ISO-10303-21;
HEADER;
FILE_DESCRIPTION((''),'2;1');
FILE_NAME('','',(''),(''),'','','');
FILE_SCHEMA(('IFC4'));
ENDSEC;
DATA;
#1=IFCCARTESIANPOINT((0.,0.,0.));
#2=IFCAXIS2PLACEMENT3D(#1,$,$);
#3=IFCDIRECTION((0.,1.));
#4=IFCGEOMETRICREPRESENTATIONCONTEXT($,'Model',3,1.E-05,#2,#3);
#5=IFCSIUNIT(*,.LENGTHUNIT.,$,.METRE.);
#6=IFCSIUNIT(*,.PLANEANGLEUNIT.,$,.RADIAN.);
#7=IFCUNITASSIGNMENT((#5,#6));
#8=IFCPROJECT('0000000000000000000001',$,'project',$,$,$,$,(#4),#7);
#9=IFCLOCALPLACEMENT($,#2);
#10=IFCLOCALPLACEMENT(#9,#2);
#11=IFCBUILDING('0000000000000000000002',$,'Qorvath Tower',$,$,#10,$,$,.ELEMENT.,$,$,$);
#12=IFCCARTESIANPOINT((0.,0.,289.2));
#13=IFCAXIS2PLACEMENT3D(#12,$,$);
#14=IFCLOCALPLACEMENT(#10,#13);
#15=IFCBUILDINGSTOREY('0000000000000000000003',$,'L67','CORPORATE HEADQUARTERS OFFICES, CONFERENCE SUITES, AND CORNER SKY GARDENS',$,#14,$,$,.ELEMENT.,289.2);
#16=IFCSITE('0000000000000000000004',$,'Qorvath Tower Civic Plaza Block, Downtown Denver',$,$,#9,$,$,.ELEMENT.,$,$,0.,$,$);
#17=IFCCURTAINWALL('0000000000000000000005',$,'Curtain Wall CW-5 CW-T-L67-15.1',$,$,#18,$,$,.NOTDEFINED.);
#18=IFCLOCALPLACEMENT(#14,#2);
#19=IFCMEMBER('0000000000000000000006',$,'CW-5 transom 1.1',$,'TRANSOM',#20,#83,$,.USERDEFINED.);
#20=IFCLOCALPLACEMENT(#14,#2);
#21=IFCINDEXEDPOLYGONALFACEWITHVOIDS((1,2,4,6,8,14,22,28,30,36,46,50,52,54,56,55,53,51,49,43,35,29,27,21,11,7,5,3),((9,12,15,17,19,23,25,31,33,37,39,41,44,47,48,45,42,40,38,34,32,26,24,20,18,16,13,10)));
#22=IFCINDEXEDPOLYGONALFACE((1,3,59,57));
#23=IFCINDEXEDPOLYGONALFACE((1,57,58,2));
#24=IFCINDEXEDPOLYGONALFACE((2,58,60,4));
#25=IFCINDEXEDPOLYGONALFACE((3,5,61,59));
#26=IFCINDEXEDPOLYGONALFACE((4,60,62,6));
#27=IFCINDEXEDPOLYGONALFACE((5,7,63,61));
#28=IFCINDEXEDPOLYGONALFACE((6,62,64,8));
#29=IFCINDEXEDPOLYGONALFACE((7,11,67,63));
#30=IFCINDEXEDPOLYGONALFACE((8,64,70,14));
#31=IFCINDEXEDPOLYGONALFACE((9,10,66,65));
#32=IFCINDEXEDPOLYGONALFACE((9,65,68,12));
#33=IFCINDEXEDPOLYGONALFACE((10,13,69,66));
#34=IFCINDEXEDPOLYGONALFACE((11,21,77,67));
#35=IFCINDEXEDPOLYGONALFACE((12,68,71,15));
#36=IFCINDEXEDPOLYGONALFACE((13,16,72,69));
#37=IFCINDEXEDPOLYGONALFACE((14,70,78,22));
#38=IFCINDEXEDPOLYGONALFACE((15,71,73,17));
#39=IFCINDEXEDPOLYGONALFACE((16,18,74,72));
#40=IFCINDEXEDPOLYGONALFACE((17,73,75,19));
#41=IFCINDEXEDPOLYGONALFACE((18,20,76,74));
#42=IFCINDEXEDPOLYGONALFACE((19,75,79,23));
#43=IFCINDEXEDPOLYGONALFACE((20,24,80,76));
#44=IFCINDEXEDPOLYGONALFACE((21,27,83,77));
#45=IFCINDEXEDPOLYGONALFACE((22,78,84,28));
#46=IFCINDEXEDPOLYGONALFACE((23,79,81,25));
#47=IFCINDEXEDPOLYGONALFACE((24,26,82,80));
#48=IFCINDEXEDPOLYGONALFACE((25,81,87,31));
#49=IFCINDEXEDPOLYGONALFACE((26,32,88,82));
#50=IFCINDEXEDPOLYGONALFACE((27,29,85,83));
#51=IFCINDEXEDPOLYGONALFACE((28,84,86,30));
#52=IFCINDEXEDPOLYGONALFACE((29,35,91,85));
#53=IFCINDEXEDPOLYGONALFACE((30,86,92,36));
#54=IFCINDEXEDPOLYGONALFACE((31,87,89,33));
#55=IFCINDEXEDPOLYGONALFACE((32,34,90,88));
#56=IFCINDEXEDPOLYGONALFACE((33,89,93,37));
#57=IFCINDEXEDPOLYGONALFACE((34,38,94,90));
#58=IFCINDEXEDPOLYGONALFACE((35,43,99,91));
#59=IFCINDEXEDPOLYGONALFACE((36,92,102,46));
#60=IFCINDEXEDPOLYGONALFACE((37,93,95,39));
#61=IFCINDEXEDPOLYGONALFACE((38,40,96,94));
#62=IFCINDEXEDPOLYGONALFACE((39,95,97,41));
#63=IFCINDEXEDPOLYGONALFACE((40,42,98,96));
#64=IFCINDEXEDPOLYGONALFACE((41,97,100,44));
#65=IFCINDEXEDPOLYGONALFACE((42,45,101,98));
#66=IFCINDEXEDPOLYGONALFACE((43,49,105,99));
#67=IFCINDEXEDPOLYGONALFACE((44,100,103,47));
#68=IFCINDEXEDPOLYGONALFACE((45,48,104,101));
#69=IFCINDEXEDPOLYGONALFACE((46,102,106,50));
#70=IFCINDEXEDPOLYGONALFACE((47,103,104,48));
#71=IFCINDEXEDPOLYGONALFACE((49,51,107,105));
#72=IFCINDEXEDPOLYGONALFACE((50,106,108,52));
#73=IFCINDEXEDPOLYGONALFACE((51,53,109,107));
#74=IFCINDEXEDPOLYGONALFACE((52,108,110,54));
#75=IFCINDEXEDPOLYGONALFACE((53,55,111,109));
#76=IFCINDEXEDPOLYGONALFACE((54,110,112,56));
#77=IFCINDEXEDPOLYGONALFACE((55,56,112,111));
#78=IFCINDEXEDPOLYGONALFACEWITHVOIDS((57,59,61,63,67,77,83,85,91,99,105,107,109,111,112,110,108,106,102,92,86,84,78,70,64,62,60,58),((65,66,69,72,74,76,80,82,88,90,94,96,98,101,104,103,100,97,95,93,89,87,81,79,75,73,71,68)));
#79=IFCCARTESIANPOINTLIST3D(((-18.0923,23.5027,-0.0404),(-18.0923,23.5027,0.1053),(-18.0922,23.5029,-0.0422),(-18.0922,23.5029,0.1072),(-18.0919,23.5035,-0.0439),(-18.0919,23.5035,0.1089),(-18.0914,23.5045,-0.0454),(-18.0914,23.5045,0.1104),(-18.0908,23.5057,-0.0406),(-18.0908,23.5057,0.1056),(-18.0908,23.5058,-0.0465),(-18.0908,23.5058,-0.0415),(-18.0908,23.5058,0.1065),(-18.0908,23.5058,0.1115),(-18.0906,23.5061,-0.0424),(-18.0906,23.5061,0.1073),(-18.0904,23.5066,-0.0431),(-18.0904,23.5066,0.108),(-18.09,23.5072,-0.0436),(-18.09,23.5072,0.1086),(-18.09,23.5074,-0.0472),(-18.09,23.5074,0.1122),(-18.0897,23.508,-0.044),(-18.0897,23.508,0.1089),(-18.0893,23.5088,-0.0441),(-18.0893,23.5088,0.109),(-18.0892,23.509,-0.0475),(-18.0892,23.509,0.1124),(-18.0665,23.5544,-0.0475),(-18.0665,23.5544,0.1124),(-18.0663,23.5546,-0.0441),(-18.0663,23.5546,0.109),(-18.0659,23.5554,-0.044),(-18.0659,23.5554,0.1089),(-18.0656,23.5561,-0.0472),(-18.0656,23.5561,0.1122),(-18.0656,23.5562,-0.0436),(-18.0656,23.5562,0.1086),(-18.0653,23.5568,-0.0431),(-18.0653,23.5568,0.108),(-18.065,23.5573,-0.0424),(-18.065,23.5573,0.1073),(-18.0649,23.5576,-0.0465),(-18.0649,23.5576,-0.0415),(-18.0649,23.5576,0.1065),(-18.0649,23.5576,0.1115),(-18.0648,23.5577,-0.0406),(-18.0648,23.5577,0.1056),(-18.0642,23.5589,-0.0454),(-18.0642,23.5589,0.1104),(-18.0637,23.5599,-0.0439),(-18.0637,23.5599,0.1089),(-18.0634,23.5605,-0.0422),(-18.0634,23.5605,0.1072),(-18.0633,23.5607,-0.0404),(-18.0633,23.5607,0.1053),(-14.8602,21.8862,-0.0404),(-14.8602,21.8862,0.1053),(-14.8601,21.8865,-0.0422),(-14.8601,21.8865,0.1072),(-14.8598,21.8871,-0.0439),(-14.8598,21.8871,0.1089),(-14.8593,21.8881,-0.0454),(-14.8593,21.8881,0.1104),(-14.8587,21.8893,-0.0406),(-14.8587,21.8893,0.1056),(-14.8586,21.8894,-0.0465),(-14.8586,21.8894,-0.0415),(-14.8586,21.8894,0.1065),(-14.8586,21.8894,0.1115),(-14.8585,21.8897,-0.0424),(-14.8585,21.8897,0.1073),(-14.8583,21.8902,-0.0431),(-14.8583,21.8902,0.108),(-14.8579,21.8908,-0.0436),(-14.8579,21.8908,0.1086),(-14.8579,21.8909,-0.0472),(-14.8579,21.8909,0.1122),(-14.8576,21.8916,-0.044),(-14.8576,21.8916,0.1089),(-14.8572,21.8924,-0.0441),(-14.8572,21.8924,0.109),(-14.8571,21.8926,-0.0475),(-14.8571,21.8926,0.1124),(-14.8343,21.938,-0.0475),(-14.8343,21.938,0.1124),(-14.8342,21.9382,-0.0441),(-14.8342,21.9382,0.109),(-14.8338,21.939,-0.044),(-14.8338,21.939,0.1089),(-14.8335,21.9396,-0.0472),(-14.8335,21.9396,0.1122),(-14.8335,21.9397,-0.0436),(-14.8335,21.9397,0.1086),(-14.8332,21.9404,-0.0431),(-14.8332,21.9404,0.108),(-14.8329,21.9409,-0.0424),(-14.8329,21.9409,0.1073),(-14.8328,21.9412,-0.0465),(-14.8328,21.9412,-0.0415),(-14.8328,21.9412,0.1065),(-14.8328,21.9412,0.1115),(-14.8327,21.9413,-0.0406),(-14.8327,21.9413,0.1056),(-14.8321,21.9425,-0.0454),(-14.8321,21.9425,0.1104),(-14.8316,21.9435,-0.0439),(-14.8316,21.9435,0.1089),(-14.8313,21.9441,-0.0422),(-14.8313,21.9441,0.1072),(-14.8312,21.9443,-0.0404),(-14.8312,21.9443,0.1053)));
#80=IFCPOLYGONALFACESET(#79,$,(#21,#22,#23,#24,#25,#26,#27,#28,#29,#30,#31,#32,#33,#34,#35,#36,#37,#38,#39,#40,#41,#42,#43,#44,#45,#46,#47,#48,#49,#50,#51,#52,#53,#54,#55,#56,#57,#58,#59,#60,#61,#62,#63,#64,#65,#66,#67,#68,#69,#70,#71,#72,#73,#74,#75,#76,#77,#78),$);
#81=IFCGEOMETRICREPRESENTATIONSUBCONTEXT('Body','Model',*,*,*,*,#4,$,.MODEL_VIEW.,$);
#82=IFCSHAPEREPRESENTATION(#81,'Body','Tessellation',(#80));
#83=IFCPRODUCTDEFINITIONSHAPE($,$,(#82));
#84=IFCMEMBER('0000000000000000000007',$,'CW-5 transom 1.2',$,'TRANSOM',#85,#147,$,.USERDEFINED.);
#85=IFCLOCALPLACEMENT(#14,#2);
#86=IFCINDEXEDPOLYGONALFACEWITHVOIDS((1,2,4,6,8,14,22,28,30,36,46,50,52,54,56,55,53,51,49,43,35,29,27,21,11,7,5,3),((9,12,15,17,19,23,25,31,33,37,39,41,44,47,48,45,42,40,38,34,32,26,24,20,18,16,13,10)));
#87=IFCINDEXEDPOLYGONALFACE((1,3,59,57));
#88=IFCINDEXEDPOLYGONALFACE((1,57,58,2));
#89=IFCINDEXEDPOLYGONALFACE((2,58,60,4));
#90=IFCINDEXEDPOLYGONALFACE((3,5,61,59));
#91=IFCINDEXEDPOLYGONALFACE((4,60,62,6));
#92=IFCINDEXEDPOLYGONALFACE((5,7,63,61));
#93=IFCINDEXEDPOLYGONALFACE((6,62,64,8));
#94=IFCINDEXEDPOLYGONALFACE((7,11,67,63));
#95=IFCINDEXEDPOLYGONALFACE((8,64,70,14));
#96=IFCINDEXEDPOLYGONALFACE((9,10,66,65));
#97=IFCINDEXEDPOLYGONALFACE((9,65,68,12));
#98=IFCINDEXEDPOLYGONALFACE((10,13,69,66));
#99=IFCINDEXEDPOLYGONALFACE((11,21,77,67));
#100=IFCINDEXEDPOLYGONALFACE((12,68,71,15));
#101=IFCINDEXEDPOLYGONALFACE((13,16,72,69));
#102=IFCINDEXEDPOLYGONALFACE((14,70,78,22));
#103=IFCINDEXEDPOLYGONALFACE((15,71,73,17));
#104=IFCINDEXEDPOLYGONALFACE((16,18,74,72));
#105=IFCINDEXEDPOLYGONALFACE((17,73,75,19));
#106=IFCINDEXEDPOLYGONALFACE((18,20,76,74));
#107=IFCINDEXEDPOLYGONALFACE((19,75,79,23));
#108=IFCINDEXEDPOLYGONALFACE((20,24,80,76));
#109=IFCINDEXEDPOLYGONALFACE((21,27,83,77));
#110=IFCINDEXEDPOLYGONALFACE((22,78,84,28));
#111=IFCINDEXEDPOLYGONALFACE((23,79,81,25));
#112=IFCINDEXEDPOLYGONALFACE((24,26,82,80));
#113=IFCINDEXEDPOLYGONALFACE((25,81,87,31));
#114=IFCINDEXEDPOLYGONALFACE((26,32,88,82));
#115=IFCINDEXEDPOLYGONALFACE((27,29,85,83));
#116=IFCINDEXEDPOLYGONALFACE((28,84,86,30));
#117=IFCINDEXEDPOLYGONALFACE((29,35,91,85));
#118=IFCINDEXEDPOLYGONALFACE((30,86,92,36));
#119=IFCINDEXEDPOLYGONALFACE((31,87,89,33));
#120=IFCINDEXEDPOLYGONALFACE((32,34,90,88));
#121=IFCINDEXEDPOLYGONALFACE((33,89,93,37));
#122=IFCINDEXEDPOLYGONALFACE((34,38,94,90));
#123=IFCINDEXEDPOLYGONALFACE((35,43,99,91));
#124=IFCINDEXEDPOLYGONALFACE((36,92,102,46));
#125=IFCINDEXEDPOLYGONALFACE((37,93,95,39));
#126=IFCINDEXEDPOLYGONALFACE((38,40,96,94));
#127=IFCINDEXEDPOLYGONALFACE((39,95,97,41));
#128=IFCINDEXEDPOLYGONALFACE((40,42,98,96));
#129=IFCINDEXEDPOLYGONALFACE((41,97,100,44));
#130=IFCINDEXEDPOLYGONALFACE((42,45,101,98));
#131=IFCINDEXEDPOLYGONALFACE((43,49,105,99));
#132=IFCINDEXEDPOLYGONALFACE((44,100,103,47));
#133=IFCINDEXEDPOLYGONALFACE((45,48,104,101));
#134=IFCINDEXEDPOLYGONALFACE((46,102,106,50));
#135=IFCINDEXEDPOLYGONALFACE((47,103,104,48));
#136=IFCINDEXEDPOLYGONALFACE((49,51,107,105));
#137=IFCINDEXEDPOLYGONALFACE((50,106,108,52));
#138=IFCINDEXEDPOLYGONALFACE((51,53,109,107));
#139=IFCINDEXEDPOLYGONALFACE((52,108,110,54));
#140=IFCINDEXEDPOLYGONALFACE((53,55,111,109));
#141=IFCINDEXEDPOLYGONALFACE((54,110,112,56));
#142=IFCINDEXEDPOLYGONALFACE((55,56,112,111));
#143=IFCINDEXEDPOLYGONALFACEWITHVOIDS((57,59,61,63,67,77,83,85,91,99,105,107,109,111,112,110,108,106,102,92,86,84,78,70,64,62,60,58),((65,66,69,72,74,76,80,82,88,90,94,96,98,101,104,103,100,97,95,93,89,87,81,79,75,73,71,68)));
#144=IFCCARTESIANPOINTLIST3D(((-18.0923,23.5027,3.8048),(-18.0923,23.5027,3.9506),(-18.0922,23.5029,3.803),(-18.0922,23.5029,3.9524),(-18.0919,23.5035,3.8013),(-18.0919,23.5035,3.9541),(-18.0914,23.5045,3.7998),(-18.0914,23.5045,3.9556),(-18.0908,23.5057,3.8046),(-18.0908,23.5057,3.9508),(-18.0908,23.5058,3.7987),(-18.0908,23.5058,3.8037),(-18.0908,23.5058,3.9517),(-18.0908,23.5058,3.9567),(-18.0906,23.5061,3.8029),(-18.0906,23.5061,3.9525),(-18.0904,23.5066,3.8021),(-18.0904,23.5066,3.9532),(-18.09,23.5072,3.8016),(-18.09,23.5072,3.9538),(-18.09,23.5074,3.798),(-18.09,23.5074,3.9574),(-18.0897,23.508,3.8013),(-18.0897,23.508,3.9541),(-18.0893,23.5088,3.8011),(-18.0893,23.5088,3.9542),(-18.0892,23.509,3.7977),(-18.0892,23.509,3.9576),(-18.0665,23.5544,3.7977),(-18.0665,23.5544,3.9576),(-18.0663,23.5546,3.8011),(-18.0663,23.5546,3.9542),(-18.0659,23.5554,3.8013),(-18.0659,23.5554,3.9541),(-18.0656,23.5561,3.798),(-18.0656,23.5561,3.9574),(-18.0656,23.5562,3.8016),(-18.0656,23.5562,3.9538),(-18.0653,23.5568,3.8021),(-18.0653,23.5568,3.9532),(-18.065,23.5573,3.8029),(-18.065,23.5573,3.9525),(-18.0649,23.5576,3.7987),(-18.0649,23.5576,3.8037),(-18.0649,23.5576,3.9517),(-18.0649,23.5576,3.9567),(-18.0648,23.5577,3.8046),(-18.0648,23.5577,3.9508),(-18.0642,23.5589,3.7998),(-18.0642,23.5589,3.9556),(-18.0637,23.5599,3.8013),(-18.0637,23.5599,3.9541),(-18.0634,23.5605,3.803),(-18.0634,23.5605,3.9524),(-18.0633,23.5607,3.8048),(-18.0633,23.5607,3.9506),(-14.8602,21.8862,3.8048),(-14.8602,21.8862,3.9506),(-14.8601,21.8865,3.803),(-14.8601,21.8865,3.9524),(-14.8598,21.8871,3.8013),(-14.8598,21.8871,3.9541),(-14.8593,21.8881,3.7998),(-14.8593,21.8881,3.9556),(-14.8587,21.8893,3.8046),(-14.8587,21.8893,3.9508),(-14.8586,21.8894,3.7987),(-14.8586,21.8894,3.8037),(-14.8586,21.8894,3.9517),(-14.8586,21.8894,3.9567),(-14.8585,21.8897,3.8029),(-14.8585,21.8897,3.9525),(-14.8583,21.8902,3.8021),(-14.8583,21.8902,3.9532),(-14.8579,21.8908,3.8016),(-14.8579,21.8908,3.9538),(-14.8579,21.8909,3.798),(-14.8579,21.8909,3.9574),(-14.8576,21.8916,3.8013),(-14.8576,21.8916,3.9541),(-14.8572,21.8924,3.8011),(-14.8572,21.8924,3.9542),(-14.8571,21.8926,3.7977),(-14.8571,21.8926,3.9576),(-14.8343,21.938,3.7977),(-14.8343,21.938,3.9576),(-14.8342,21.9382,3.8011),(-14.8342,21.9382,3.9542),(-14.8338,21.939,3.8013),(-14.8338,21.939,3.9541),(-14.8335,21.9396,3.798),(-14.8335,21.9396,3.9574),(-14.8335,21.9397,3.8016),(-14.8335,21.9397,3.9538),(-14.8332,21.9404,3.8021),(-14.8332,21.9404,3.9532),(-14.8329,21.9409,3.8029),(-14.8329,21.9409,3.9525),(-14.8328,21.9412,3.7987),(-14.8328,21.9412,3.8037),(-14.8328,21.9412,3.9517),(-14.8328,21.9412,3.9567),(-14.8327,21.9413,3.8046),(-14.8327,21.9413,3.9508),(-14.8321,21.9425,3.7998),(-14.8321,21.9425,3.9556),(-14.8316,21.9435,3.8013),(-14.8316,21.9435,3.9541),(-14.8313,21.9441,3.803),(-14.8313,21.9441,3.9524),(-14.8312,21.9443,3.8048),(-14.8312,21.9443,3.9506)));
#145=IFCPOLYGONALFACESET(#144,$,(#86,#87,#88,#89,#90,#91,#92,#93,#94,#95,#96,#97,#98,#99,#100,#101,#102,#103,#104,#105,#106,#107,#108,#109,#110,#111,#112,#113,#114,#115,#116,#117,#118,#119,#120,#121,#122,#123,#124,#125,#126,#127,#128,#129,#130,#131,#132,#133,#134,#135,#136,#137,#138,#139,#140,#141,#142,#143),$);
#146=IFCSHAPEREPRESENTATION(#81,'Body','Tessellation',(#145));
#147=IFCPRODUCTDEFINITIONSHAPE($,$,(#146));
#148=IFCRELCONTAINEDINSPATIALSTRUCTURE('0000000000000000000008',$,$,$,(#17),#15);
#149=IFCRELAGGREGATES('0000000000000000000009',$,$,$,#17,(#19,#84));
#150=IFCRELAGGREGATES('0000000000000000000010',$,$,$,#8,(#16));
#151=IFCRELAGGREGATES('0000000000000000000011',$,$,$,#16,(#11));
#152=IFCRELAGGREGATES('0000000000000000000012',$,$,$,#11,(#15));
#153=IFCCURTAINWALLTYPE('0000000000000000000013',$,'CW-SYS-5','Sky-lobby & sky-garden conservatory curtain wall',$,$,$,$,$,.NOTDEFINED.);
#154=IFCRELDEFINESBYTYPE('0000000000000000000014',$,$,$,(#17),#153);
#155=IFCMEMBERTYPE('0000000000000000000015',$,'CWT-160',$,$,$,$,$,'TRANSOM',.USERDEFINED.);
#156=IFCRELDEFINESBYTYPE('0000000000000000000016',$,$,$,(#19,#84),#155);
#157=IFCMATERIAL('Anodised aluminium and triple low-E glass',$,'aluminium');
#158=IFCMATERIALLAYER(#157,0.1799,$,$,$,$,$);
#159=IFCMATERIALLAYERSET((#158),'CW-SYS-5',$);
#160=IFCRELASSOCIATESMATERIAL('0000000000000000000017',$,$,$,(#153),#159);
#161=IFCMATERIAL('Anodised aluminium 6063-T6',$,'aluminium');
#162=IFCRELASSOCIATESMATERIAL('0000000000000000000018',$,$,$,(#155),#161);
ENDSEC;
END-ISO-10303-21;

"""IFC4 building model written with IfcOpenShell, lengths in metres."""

from ifc_helpers import new_model, si_unit, direction, frame, origin, origin_2d, place, context, subcontext, project, spatial, hollow_rectangle, extrude, material, layer, layer_set, material_profile, profile_set, type_object, element, aggregate, save


model = new_model("IFC4")

# Units and contexts
model_context = context("Model", 3, precision=1e-05, world=origin(), true_north=direction((0.0, 1.0)))
body_context = subcontext(model_context, "Body", "Model", "MODEL_VIEW")
ifc_project = project(units=[si_unit("LENGTHUNIT", "METRE"), si_unit("PLANEANGLEUNIT", "RADIAN")], contexts=[model_context])

# Site, building, storey
site_placement = place(None, origin())
site = spatial("IfcSite", under=ifc_project, at=site_placement, Name="Qorvath Tower Civic Plaza Block, Downtown Denver", CompositionType="ELEMENT", RefElevation=0.0)
building_placement = place(site_placement, origin())
building = spatial("IfcBuilding", under=site, at=building_placement, Name="Qorvath Tower", CompositionType="ELEMENT")
storey_placement = place(building_placement, frame((0.0, 0.0, 289.2)))
storey = spatial("IfcBuildingStorey", under=building, at=storey_placement, Name="L67", Description="CORPORATE HEADQUARTERS OFFICES, CONFERENCE SUITES, AND CORNER SKY GARDENS", CompositionType="ELEMENT", Elevation=289.2)

# Shared definitions
ifc_material_1 = material(Name="Anodised aluminium and triple low-E glass", Category="aluminium")
ifc_layer_1 = layer(ifc_material_1, 0.1799)
ifc_layer_set_1 = layer_set([ifc_layer_1], Name="CW-SYS-5")
curtain_wall_type = type_object("IfcCurtainWallType", Name="CW-SYS-5", Description="Sky-lobby & sky-garden conservatory curtain wall", PredefinedType="NOTDEFINED", material=ifc_layer_set_1)

# Curtain wall
curtain_wall_1_placement = place(storey_placement, origin())
curtain_wall_1 = element("IfcCurtainWall", 1, at=curtain_wall_1_placement, inside=storey, type_object=curtain_wall_type, Name="Curtain Wall CW-5 CW-T-L67-15.1", PredefinedType="NOTDEFINED")

# Members
ifc_material_2 = material(Name="Anodised aluminium 6063-T6", Category="aluminium")
ifc_material_profile_1 = material_profile(ifc_material_2, hollow_rectangle(XDim=0.0649, YDim=0.1599, WallThickness=0.0034, InnerFilletRadius=0.0034, OuterFilletRadius=0.0071, at=origin_2d()), Name="CWT 160x65")
ifc_profile_set_1 = profile_set([ifc_material_profile_1], Name="Anodised aluminium 6063-T6")
member_type_1 = type_object("IfcMemberType", Name="CWT-160", ElementType="TRANSOM", PredefinedType="USERDEFINED", material=ifc_profile_set_1)
member_1_placement = place(storey_placement, frame((-14.8457, 21.9153, 0.0325), z_axis=(-0.894387, 0.447295, 0.0), x_axis=(-0.447295, -0.894387, 0.0)))
member_1 = element("IfcMember", 2, at=member_1_placement, type_object=member_type_1, Name="CW-5 transom 1.1", ObjectType="TRANSOM", PredefinedType="USERDEFINED", context=body_context, shape_type="SweptSolid", body=[
    extrude(hollow_rectangle(XDim=0.0649, YDim=0.1599, WallThickness=0.0034, InnerFilletRadius=0.0034, OuterFilletRadius=0.0071, at=origin_2d()), origin(), (0.0, 0.0, 1.0), 3.6138),
])
member_2_placement = place(storey_placement, frame((-14.8457, 21.9153, 3.8777), z_axis=(-0.894387, 0.447295, 0.0), x_axis=(-0.447295, -0.894387, 0.0)))
member_2 = element("IfcMember", 3, at=member_2_placement, type_object=member_type_1, Name="CW-5 transom 1.2", ObjectType="TRANSOM", PredefinedType="USERDEFINED", context=body_context, shape_type="SweptSolid", body=[
    extrude(hollow_rectangle(XDim=0.0649, YDim=0.1599, WallThickness=0.0034, InnerFilletRadius=0.0034, OuterFilletRadius=0.0071, at=origin_2d()), origin(), (0.0, 0.0, 1.0), 3.6138),
])

aggregate(curtain_wall_1, [member_1, member_2])

save(model, "model.ifc")
